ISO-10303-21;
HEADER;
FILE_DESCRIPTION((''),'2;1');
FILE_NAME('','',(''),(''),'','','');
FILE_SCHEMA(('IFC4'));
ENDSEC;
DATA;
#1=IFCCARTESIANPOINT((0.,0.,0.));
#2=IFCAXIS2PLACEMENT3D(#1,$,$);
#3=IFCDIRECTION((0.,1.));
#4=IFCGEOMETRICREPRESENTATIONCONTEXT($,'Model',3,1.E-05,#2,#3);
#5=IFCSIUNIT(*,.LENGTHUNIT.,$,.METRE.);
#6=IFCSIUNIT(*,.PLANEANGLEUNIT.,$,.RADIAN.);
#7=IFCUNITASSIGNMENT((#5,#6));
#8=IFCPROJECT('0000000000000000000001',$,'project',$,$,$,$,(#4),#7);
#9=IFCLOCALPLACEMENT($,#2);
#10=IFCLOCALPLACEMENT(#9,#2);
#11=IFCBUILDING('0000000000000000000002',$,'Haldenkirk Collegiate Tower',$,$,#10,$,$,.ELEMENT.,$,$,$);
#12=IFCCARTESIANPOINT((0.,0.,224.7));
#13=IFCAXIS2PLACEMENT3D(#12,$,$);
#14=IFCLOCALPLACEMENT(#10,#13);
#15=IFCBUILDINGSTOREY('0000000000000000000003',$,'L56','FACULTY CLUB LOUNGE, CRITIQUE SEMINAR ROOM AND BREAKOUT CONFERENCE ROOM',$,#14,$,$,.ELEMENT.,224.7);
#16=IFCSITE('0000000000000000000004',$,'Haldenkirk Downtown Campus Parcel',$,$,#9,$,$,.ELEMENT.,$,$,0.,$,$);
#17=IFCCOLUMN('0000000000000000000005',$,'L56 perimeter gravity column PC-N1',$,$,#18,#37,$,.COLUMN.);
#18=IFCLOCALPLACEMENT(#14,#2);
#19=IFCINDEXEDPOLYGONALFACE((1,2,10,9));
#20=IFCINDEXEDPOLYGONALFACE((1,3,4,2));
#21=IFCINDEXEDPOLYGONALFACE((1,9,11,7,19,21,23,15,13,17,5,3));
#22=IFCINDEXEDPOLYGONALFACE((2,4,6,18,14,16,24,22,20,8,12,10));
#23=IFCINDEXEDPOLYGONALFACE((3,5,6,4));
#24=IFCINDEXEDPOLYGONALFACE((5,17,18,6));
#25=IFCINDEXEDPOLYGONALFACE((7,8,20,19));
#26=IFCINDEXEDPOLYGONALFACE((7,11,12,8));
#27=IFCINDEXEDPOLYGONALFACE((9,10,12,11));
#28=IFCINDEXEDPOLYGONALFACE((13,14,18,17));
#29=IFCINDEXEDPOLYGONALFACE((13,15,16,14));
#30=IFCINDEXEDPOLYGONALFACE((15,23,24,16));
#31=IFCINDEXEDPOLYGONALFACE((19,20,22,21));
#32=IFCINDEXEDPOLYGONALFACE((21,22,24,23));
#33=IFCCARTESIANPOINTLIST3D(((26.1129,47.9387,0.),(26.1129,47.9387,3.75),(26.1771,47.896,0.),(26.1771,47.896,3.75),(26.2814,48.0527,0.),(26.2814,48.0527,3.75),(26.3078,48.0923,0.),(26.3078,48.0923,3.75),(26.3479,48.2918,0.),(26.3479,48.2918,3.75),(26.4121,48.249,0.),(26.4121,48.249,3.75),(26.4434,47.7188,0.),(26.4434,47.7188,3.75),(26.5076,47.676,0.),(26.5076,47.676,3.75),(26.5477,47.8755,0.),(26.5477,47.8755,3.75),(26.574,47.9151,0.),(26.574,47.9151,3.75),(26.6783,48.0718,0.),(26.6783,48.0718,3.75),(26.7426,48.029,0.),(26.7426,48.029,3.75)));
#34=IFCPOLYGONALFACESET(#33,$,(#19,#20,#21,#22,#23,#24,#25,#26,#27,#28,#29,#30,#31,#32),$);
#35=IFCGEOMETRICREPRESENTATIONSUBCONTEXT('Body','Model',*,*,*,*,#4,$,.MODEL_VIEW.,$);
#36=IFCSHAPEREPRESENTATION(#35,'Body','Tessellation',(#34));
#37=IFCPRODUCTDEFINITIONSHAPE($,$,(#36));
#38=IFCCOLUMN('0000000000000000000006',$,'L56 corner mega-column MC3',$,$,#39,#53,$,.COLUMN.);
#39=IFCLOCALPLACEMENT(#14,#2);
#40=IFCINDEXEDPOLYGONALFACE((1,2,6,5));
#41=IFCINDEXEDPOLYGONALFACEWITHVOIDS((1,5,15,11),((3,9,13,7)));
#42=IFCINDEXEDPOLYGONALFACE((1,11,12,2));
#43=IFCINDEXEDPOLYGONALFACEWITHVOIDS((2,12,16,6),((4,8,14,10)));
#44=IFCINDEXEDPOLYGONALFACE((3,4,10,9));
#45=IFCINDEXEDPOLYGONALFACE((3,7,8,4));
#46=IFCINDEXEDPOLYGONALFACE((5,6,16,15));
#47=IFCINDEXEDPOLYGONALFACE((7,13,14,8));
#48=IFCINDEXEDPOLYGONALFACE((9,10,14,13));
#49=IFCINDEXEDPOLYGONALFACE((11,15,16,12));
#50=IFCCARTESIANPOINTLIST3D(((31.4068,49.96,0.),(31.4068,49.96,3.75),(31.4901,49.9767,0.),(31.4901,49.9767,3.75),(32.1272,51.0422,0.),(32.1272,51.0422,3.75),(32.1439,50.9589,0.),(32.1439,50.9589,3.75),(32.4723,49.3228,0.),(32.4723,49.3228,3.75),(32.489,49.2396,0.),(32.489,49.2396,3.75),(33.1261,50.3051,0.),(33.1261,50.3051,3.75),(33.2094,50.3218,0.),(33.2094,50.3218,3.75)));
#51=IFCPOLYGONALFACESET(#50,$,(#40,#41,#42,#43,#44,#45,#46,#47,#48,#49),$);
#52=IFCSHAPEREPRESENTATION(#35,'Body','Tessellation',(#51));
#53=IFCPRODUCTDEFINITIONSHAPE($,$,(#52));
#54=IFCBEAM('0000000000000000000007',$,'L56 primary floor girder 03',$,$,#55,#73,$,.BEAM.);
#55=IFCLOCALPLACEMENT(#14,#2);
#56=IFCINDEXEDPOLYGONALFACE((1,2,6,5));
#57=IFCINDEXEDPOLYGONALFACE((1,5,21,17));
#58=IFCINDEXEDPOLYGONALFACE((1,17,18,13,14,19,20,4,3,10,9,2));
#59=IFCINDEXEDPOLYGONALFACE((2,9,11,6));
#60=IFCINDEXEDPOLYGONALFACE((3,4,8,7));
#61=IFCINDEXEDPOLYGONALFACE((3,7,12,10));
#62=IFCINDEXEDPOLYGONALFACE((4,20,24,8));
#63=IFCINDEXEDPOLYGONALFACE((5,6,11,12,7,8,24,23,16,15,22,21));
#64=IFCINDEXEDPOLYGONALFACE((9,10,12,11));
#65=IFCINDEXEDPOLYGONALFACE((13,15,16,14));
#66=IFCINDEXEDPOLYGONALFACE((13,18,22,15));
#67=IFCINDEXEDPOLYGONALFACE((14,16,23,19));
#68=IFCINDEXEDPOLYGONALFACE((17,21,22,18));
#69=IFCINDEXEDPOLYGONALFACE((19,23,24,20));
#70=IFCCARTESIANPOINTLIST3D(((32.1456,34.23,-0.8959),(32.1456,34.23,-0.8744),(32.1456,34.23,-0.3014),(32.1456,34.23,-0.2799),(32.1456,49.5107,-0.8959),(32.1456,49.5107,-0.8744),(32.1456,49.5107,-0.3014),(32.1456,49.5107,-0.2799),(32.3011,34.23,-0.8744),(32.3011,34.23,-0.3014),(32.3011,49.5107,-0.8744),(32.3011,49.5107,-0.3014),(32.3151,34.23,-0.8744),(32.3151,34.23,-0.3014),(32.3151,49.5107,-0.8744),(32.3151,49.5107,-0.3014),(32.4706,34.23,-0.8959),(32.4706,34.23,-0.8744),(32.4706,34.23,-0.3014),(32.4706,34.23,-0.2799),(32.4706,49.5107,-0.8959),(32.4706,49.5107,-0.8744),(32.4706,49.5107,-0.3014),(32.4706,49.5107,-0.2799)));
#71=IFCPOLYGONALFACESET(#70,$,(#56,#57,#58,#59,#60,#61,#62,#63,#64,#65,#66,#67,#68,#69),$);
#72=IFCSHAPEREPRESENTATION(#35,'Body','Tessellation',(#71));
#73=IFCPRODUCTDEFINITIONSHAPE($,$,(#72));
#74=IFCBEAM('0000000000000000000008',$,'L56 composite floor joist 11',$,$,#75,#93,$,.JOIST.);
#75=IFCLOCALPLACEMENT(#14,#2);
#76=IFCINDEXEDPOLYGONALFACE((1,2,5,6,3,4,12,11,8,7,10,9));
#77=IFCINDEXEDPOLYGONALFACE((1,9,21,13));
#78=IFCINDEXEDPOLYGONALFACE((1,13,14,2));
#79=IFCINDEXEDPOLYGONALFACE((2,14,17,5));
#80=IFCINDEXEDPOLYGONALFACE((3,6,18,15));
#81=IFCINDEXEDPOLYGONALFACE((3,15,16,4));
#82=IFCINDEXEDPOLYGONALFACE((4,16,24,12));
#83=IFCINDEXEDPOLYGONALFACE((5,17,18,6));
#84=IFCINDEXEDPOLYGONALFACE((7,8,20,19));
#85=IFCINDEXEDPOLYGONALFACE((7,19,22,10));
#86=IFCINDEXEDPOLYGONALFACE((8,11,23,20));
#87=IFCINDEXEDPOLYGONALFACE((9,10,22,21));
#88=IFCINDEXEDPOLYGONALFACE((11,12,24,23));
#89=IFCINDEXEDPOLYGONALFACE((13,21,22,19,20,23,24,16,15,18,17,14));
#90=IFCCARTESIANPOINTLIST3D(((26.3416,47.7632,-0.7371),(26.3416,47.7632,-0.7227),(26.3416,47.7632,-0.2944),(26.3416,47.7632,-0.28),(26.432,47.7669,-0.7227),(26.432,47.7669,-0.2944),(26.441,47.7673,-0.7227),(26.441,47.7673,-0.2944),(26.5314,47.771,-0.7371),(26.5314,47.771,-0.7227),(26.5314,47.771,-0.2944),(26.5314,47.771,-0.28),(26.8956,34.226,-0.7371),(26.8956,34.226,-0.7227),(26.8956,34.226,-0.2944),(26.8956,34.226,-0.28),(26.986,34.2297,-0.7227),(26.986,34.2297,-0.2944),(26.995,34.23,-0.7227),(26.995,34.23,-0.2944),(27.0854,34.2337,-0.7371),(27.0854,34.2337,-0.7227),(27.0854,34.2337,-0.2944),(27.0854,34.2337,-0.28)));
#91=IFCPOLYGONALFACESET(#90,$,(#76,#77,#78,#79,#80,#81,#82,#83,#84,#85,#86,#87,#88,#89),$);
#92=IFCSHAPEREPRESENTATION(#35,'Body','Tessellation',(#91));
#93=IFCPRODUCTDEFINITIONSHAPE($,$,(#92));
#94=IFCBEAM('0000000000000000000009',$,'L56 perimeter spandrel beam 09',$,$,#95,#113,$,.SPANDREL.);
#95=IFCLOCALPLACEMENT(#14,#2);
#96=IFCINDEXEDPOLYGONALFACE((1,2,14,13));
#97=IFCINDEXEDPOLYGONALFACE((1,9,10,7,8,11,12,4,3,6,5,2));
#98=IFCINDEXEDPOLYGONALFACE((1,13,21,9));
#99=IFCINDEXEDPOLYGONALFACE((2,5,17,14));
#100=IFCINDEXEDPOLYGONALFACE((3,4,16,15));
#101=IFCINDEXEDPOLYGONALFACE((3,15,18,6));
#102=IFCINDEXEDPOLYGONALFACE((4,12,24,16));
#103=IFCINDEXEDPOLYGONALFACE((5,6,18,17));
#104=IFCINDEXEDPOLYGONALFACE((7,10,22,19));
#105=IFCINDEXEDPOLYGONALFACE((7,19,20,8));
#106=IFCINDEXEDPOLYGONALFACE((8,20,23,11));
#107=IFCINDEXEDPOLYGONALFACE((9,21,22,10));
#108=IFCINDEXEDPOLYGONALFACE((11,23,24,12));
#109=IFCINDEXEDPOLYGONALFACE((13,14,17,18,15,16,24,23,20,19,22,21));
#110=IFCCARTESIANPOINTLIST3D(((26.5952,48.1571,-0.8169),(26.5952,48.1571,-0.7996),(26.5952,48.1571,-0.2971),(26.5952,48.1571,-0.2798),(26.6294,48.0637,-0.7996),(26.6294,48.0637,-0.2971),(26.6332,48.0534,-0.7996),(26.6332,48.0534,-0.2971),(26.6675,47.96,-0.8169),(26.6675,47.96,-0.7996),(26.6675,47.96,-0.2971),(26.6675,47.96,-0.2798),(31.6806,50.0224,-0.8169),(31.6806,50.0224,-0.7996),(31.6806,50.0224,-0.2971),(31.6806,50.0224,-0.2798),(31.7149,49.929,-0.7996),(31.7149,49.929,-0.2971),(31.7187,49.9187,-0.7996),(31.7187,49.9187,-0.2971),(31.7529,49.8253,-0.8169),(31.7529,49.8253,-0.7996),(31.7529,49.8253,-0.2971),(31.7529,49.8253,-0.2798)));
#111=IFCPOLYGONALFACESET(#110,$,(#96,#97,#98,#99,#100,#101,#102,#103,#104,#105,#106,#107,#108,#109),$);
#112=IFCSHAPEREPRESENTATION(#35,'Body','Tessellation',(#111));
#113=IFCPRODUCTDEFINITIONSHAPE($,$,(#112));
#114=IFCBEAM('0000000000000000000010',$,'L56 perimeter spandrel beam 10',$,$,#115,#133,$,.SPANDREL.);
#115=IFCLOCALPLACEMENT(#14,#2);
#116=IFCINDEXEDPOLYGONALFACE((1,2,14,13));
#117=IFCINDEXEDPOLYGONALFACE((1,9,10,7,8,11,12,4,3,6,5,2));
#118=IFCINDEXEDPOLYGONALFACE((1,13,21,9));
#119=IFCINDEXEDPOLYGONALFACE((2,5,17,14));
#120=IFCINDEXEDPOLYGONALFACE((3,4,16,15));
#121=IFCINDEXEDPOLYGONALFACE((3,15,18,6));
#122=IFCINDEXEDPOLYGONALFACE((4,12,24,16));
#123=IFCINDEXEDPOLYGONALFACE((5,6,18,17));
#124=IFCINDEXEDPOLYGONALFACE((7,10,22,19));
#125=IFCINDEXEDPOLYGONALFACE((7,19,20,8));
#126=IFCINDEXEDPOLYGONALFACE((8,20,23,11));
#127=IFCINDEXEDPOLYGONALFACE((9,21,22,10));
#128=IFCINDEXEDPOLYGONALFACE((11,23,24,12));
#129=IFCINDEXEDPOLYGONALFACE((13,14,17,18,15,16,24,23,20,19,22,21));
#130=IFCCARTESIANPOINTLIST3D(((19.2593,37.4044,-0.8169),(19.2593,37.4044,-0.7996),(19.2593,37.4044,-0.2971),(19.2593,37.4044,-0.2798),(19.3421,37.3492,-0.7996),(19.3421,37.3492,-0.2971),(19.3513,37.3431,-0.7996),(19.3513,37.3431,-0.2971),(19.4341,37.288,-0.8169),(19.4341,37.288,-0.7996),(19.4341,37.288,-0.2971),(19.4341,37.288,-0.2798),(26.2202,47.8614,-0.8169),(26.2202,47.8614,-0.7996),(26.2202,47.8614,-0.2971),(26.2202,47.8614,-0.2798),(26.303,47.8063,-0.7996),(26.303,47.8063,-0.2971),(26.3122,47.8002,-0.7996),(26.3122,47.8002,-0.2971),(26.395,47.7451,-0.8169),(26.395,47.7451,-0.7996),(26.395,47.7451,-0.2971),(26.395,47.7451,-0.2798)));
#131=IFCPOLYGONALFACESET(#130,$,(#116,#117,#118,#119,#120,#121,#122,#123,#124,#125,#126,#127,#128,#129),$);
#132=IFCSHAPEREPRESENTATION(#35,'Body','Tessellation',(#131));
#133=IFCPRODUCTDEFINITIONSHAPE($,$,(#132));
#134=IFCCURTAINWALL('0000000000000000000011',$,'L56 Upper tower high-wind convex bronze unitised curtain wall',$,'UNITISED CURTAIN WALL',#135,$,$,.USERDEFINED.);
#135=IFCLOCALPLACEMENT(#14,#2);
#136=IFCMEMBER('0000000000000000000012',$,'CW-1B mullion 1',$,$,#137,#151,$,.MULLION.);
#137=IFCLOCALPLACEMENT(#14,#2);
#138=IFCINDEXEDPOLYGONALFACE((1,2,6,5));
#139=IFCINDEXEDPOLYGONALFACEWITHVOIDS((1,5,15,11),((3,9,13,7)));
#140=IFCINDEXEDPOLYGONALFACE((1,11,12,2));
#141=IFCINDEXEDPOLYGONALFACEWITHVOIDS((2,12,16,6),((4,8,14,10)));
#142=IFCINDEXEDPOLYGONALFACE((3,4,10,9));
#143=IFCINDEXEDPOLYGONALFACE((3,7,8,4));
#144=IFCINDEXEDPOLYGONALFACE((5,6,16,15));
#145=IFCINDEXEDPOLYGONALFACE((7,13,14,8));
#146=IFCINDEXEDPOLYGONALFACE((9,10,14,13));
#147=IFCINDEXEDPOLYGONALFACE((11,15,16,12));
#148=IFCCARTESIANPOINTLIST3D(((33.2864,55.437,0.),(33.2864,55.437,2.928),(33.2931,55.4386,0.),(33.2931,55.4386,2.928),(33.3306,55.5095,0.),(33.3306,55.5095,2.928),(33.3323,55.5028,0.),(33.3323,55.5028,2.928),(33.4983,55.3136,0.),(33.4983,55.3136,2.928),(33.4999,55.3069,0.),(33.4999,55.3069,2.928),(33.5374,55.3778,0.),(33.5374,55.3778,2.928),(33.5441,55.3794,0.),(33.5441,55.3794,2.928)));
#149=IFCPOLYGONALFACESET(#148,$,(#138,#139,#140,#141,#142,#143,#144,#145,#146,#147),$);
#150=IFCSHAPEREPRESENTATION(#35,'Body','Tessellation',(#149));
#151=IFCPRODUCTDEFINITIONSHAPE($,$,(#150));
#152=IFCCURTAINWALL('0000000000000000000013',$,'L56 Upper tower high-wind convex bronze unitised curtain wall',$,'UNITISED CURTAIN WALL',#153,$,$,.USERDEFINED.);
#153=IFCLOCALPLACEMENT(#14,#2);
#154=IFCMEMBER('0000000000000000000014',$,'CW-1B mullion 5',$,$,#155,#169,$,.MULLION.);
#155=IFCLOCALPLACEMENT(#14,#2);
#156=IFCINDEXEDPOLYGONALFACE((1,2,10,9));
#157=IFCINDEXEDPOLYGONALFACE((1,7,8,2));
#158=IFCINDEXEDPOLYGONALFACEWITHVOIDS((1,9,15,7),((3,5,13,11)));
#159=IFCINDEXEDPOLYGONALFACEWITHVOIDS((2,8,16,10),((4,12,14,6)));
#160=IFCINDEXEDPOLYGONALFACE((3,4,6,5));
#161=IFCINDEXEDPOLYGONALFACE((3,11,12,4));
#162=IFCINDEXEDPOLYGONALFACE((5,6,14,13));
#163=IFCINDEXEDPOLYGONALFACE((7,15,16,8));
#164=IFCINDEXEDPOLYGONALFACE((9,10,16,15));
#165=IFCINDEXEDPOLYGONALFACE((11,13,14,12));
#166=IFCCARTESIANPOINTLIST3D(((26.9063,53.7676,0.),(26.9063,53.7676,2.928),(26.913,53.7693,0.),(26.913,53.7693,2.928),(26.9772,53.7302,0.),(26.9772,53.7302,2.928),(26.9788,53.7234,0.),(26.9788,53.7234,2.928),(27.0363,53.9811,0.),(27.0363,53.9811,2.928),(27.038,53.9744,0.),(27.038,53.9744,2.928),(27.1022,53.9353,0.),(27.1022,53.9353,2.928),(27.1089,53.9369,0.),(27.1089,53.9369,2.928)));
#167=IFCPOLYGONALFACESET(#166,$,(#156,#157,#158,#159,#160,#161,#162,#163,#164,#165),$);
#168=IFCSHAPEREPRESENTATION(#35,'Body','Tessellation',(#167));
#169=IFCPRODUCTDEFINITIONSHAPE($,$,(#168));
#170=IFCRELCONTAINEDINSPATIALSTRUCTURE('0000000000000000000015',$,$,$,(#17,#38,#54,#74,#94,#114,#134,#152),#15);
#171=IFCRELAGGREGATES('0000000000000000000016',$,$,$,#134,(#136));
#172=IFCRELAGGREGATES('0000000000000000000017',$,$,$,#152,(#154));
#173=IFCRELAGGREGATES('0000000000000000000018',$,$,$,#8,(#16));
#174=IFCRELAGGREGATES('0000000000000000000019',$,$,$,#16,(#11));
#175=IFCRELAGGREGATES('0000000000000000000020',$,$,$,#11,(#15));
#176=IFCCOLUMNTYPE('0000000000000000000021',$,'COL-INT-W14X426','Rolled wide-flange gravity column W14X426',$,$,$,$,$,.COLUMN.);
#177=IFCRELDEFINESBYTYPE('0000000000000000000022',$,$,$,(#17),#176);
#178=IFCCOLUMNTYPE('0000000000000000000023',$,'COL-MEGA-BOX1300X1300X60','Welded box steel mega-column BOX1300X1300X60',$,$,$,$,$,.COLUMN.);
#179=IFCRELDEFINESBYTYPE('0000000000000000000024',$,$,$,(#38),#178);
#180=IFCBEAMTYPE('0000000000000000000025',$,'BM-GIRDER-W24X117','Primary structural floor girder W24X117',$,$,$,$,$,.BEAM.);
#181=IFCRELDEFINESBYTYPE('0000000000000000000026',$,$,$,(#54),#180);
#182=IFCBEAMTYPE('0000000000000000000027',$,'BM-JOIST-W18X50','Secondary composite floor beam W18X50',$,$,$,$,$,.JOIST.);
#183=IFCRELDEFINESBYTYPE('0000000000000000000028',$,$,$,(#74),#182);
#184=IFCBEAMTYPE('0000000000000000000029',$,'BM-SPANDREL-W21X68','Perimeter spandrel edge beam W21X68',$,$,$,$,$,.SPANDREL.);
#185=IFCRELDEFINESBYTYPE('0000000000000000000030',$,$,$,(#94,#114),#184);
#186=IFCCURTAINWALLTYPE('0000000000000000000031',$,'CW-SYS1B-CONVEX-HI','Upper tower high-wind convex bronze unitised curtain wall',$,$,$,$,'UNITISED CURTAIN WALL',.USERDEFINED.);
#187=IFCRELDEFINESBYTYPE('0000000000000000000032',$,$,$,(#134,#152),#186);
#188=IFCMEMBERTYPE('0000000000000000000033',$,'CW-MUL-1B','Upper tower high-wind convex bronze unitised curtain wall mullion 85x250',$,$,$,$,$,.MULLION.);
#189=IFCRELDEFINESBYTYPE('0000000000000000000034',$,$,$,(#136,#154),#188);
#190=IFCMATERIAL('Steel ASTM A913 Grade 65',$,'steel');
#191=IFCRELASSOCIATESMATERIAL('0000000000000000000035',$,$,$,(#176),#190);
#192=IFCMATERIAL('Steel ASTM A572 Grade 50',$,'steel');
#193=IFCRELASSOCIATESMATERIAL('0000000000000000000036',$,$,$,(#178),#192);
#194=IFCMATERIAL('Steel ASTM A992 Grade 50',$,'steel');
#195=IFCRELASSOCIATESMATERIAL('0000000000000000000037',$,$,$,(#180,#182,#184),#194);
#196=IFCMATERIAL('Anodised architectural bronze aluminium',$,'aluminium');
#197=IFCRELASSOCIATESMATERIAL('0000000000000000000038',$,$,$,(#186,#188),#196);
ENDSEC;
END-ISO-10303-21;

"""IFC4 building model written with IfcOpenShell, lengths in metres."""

from ifc_helpers import new_model, si_unit, direction, frame, origin, origin_2d, place, context, subcontext, project, spatial, hollow_rectangle, i_section, extrude, material, material_profile, profile_set, type_object, element, aggregate, save


model = new_model("IFC4")

# Units and contexts
model_context = context("Model", 3, precision=1e-05, world=origin(), true_north=direction((0.0, 1.0)))
body_context = subcontext(model_context, "Body", "Model", "MODEL_VIEW")
ifc_project = project(units=[si_unit("LENGTHUNIT", "METRE"), si_unit("PLANEANGLEUNIT", "RADIAN")], contexts=[model_context])

# Site, building, storey
site_placement = place(None, origin())
site = spatial("IfcSite", under=ifc_project, at=site_placement, Name="Haldenkirk Downtown Campus Parcel", CompositionType="ELEMENT", RefElevation=0.0)
building_placement = place(site_placement, origin())
building = spatial("IfcBuilding", under=site, at=building_placement, Name="Haldenkirk Collegiate Tower", CompositionType="ELEMENT")
storey_placement = place(building_placement, frame((0.0, 0.0, 224.7)))
storey = spatial("IfcBuildingStorey", under=building, at=storey_placement, Name="L56", Description="FACULTY CLUB LOUNGE, CRITIQUE SEMINAR ROOM AND BREAKOUT CONFERENCE ROOM", CompositionType="ELEMENT", Elevation=224.7)

# Columns
ifc_material_1 = material(Name="Steel ASTM A913 Grade 65", Category="steel")
ifc_material_profile_1 = material_profile(ifc_material_1, i_section(OverallWidth=0.4241, OverallDepth=0.4741, WebThickness=0.0476, FlangeThickness=0.0771, at=origin_2d()), Name="W14X426")
ifc_profile_set_1 = profile_set([ifc_material_profile_1], Name="Steel ASTM A913 Grade 65")
column_type_1 = type_object("IfcColumnType", Name="COL-INT-W14X426", Description="Rolled wide-flange gravity column W14X426", PredefinedType="COLUMN", material=ifc_profile_set_1)
column_1_placement = place(storey_placement, frame((26.4277, 47.9839, 0.0), z_axis=(0.0, 0.0, 1.0), x_axis=(0.554118, 0.832438, 0.0)))
element("IfcColumn", 1, at=column_1_placement, inside=storey, type_object=column_type_1, Name="L56 perimeter gravity column PC-N1", PredefinedType="COLUMN", context=body_context, shape_type="SweptSolid", body=[
    extrude(i_section(OverallWidth=0.4241, OverallDepth=0.4741, WebThickness=0.0476, FlangeThickness=0.0771, at=origin_2d()), origin(), (0.0, 0.0, 1.0), 3.75),
])
ifc_material_2 = material(Name="Steel ASTM A572 Grade 50", Category="steel")
ifc_material_profile_2 = material_profile(ifc_material_2, hollow_rectangle(XDim=1.3, YDim=1.3, WallThickness=0.0601, at=origin_2d()), Name="BOX1300X1300X60")
ifc_profile_set_2 = profile_set([ifc_material_profile_2], Name="Steel ASTM A572 Grade 50")
column_type_2 = type_object("IfcColumnType", Name="COL-MEGA-BOX1300X1300X60", Description="Welded box steel mega-column BOX1300X1300X60", PredefinedType="COLUMN", material=ifc_profile_set_2)
column_2_placement = place(storey_placement, frame((32.3081, 50.1409, 0.0), z_axis=(0.0, 0.0, 1.0), x_axis=(0.554118, 0.832438, 0.0)))
element("IfcColumn", 2, at=column_2_placement, inside=storey, type_object=column_type_2, Name="L56 corner mega-column MC3", PredefinedType="COLUMN", context=body_context, shape_type="SweptSolid", body=[
    extrude(hollow_rectangle(XDim=1.3, YDim=1.3, WallThickness=0.0601, at=origin_2d()), origin(), (0.0, 0.0, 1.0), 3.75),
])

# Beams
ifc_material_3 = material(Name="Steel ASTM A992 Grade 50", Category="steel")
ifc_material_profile_3 = material_profile(ifc_material_3, i_section(OverallWidth=0.325, OverallDepth=0.616, WebThickness=0.0139, FlangeThickness=0.0215, at=origin_2d()), Name="W24X117")
ifc_profile_set_3 = profile_set([ifc_material_profile_3], Name="Steel ASTM A992 Grade 50")
beam_type_1 = type_object("IfcBeamType", Name="BM-GIRDER-W24X117", Description="Primary structural floor girder W24X117", PredefinedType="BEAM", material=ifc_profile_set_3)
beam_1_placement = place(storey_placement, frame((32.3081, 49.5107, -0.5879), z_axis=(0.0, -1.0, 0.0), x_axis=(1.0, 0.0, 0.0)))
element("IfcBeam", 3, at=beam_1_placement, inside=storey, type_object=beam_type_1, Name="L56 primary floor girder 03", PredefinedType="BEAM", context=body_context, shape_type="SweptSolid", body=[
    extrude(i_section(OverallWidth=0.325, OverallDepth=0.616, WebThickness=0.0139, FlangeThickness=0.0215, at=origin_2d()), origin(), (0.0, 0.0, 1.0), 15.2808),
])
ifc_material_profile_4 = material_profile(ifc_material_3, i_section(OverallWidth=0.1899, OverallDepth=0.457, WebThickness=0.009, FlangeThickness=0.0144, at=origin_2d()), Name="W18X50")
ifc_profile_set_4 = profile_set([ifc_material_profile_4], Name="Steel ASTM A992 Grade 50")
beam_type_2 = type_object("IfcBeamType", Name="BM-JOIST-W18X50", Description="Secondary composite floor beam W18X50", PredefinedType="JOIST", material=ifc_profile_set_4)
beam_2_placement = place(storey_placement, frame((26.4365, 47.7671, -0.5085), z_axis=(0.040886, -0.999164, 0.0), x_axis=(0.999164, 0.040886, 0.0)))
element("IfcBeam", 4, at=beam_2_placement, inside=storey, type_object=beam_type_2, Name="L56 composite floor joist 11", PredefinedType="JOIST", context=body_context, shape_type="SweptSolid", body=[
    extrude(i_section(OverallWidth=0.1899, OverallDepth=0.457, WebThickness=0.009, FlangeThickness=0.0144, at=origin_2d()), origin(), (0.0, 0.0, 1.0), 13.5486),
])
ifc_material_profile_5 = material_profile(ifc_material_3, i_section(OverallWidth=0.21, OverallDepth=0.5371, WebThickness=0.011, FlangeThickness=0.0173, at=origin_2d()), Name="W21X68")
ifc_profile_set_5 = profile_set([ifc_material_profile_5], Name="Steel ASTM A992 Grade 50")
beam_type_3 = type_object("IfcBeamType", Name="BM-SPANDREL-W21X68", Description="Perimeter spandrel edge beam W21X68", PredefinedType="SPANDREL", material=ifc_profile_set_5)
beam_3_placement = place(storey_placement, frame((31.7168, 49.9238, -0.5483), z_axis=(-0.938842, -0.344347, 0.0), x_axis=(0.344347, -0.938842, 0.0)))
element("IfcBeam", 5, at=beam_3_placement, inside=storey, type_object=beam_type_3, Name="L56 perimeter spandrel beam 09", PredefinedType="SPANDREL", context=body_context, shape_type="SweptSolid", body=[
    extrude(i_section(OverallWidth=0.21, OverallDepth=0.5371, WebThickness=0.011, FlangeThickness=0.0173, at=origin_2d()), origin(), (0.0, 0.0, 1.0), 5.4167),
])
beam_4_placement = place(storey_placement, frame((26.3076, 47.8032, -0.5483), z_axis=(-0.554126, -0.832433, 0.0), x_axis=(0.832433, -0.554126, 0.0)))
element("IfcBeam", 6, at=beam_4_placement, inside=storey, type_object=beam_type_3, Name="L56 perimeter spandrel beam 10", PredefinedType="SPANDREL", context=body_context, shape_type="SweptSolid", body=[
    extrude(i_section(OverallWidth=0.21, OverallDepth=0.5371, WebThickness=0.011, FlangeThickness=0.0173, at=origin_2d()), origin(), (0.0, 0.0, 1.0), 12.562),
])

# Curtain walls, members
ifc_material_4 = material(Name="Anodised architectural bronze aluminium", Category="aluminium")
curtain_wall_type = type_object("IfcCurtainWallType", Name="CW-SYS1B-CONVEX-HI", Description="Upper tower high-wind convex bronze unitised curtain wall", ElementType="UNITISED CURTAIN WALL", PredefinedType="USERDEFINED", material=ifc_material_4)
curtain_wall_1_placement = place(storey_placement, origin())
curtain_wall_1 = element("IfcCurtainWall", 7, at=curtain_wall_1_placement, inside=storey, type_object=curtain_wall_type, Name="L56 Upper tower high-wind convex bronze unitised curtain wall", ObjectType="UNITISED CURTAIN WALL", PredefinedType="USERDEFINED")
ifc_material_profile_6 = material_profile(ifc_material_4, hollow_rectangle(XDim=0.085, YDim=0.25, WallThickness=0.0049, at=origin_2d()), Name="CW-MUL-1B")
ifc_profile_set_6 = profile_set([ifc_material_profile_6], Name="Anodised architectural bronze aluminium")
member_type_1 = type_object("IfcMemberType", Name="CW-MUL-1B", Description="Upper tower high-wind convex bronze unitised curtain wall mullion 85x250", PredefinedType="MULLION", material=ifc_profile_set_6)
member_1_placement = place(storey_placement, frame((33.4153, 55.4082, 0.0), z_axis=(0.0, 0.0, 1.0), x_axis=(0.520265, 0.854005, 0.0)))
member_1 = element("IfcMember", 8, at=member_1_placement, type_object=member_type_1, Name="CW-1B mullion 1", PredefinedType="MULLION", context=body_context, shape_type="SweptSolid", body=[
    extrude(hollow_rectangle(XDim=0.085, YDim=0.25, WallThickness=0.0049, at=origin_2d()), origin(), (0.0, 0.0, 1.0), 2.928),
])
curtain_wall_2_placement = place(storey_placement, origin())
curtain_wall_2 = element("IfcCurtainWall", 9, at=curtain_wall_2_placement, inside=storey, type_object=curtain_wall_type, Name="L56 Upper tower high-wind convex bronze unitised curtain wall", ObjectType="UNITISED CURTAIN WALL", PredefinedType="USERDEFINED")
member_2_placement = place(storey_placement, frame((27.0076, 53.8523, 0.0), z_axis=(0.0, 0.0, 1.0), x_axis=(-0.854004, 0.520266, 0.0)))
member_2 = element("IfcMember", 10, at=member_2_placement, type_object=member_type_1, Name="CW-1B mullion 5", PredefinedType="MULLION", context=body_context, shape_type="SweptSolid", body=[
    extrude(hollow_rectangle(XDim=0.085, YDim=0.25, WallThickness=0.0049, at=origin_2d()), origin(), (0.0, 0.0, 1.0), 2.928),
])

aggregate(curtain_wall_1, [member_1])

aggregate(curtain_wall_2, [member_2])

save(model, "model.ifc")
